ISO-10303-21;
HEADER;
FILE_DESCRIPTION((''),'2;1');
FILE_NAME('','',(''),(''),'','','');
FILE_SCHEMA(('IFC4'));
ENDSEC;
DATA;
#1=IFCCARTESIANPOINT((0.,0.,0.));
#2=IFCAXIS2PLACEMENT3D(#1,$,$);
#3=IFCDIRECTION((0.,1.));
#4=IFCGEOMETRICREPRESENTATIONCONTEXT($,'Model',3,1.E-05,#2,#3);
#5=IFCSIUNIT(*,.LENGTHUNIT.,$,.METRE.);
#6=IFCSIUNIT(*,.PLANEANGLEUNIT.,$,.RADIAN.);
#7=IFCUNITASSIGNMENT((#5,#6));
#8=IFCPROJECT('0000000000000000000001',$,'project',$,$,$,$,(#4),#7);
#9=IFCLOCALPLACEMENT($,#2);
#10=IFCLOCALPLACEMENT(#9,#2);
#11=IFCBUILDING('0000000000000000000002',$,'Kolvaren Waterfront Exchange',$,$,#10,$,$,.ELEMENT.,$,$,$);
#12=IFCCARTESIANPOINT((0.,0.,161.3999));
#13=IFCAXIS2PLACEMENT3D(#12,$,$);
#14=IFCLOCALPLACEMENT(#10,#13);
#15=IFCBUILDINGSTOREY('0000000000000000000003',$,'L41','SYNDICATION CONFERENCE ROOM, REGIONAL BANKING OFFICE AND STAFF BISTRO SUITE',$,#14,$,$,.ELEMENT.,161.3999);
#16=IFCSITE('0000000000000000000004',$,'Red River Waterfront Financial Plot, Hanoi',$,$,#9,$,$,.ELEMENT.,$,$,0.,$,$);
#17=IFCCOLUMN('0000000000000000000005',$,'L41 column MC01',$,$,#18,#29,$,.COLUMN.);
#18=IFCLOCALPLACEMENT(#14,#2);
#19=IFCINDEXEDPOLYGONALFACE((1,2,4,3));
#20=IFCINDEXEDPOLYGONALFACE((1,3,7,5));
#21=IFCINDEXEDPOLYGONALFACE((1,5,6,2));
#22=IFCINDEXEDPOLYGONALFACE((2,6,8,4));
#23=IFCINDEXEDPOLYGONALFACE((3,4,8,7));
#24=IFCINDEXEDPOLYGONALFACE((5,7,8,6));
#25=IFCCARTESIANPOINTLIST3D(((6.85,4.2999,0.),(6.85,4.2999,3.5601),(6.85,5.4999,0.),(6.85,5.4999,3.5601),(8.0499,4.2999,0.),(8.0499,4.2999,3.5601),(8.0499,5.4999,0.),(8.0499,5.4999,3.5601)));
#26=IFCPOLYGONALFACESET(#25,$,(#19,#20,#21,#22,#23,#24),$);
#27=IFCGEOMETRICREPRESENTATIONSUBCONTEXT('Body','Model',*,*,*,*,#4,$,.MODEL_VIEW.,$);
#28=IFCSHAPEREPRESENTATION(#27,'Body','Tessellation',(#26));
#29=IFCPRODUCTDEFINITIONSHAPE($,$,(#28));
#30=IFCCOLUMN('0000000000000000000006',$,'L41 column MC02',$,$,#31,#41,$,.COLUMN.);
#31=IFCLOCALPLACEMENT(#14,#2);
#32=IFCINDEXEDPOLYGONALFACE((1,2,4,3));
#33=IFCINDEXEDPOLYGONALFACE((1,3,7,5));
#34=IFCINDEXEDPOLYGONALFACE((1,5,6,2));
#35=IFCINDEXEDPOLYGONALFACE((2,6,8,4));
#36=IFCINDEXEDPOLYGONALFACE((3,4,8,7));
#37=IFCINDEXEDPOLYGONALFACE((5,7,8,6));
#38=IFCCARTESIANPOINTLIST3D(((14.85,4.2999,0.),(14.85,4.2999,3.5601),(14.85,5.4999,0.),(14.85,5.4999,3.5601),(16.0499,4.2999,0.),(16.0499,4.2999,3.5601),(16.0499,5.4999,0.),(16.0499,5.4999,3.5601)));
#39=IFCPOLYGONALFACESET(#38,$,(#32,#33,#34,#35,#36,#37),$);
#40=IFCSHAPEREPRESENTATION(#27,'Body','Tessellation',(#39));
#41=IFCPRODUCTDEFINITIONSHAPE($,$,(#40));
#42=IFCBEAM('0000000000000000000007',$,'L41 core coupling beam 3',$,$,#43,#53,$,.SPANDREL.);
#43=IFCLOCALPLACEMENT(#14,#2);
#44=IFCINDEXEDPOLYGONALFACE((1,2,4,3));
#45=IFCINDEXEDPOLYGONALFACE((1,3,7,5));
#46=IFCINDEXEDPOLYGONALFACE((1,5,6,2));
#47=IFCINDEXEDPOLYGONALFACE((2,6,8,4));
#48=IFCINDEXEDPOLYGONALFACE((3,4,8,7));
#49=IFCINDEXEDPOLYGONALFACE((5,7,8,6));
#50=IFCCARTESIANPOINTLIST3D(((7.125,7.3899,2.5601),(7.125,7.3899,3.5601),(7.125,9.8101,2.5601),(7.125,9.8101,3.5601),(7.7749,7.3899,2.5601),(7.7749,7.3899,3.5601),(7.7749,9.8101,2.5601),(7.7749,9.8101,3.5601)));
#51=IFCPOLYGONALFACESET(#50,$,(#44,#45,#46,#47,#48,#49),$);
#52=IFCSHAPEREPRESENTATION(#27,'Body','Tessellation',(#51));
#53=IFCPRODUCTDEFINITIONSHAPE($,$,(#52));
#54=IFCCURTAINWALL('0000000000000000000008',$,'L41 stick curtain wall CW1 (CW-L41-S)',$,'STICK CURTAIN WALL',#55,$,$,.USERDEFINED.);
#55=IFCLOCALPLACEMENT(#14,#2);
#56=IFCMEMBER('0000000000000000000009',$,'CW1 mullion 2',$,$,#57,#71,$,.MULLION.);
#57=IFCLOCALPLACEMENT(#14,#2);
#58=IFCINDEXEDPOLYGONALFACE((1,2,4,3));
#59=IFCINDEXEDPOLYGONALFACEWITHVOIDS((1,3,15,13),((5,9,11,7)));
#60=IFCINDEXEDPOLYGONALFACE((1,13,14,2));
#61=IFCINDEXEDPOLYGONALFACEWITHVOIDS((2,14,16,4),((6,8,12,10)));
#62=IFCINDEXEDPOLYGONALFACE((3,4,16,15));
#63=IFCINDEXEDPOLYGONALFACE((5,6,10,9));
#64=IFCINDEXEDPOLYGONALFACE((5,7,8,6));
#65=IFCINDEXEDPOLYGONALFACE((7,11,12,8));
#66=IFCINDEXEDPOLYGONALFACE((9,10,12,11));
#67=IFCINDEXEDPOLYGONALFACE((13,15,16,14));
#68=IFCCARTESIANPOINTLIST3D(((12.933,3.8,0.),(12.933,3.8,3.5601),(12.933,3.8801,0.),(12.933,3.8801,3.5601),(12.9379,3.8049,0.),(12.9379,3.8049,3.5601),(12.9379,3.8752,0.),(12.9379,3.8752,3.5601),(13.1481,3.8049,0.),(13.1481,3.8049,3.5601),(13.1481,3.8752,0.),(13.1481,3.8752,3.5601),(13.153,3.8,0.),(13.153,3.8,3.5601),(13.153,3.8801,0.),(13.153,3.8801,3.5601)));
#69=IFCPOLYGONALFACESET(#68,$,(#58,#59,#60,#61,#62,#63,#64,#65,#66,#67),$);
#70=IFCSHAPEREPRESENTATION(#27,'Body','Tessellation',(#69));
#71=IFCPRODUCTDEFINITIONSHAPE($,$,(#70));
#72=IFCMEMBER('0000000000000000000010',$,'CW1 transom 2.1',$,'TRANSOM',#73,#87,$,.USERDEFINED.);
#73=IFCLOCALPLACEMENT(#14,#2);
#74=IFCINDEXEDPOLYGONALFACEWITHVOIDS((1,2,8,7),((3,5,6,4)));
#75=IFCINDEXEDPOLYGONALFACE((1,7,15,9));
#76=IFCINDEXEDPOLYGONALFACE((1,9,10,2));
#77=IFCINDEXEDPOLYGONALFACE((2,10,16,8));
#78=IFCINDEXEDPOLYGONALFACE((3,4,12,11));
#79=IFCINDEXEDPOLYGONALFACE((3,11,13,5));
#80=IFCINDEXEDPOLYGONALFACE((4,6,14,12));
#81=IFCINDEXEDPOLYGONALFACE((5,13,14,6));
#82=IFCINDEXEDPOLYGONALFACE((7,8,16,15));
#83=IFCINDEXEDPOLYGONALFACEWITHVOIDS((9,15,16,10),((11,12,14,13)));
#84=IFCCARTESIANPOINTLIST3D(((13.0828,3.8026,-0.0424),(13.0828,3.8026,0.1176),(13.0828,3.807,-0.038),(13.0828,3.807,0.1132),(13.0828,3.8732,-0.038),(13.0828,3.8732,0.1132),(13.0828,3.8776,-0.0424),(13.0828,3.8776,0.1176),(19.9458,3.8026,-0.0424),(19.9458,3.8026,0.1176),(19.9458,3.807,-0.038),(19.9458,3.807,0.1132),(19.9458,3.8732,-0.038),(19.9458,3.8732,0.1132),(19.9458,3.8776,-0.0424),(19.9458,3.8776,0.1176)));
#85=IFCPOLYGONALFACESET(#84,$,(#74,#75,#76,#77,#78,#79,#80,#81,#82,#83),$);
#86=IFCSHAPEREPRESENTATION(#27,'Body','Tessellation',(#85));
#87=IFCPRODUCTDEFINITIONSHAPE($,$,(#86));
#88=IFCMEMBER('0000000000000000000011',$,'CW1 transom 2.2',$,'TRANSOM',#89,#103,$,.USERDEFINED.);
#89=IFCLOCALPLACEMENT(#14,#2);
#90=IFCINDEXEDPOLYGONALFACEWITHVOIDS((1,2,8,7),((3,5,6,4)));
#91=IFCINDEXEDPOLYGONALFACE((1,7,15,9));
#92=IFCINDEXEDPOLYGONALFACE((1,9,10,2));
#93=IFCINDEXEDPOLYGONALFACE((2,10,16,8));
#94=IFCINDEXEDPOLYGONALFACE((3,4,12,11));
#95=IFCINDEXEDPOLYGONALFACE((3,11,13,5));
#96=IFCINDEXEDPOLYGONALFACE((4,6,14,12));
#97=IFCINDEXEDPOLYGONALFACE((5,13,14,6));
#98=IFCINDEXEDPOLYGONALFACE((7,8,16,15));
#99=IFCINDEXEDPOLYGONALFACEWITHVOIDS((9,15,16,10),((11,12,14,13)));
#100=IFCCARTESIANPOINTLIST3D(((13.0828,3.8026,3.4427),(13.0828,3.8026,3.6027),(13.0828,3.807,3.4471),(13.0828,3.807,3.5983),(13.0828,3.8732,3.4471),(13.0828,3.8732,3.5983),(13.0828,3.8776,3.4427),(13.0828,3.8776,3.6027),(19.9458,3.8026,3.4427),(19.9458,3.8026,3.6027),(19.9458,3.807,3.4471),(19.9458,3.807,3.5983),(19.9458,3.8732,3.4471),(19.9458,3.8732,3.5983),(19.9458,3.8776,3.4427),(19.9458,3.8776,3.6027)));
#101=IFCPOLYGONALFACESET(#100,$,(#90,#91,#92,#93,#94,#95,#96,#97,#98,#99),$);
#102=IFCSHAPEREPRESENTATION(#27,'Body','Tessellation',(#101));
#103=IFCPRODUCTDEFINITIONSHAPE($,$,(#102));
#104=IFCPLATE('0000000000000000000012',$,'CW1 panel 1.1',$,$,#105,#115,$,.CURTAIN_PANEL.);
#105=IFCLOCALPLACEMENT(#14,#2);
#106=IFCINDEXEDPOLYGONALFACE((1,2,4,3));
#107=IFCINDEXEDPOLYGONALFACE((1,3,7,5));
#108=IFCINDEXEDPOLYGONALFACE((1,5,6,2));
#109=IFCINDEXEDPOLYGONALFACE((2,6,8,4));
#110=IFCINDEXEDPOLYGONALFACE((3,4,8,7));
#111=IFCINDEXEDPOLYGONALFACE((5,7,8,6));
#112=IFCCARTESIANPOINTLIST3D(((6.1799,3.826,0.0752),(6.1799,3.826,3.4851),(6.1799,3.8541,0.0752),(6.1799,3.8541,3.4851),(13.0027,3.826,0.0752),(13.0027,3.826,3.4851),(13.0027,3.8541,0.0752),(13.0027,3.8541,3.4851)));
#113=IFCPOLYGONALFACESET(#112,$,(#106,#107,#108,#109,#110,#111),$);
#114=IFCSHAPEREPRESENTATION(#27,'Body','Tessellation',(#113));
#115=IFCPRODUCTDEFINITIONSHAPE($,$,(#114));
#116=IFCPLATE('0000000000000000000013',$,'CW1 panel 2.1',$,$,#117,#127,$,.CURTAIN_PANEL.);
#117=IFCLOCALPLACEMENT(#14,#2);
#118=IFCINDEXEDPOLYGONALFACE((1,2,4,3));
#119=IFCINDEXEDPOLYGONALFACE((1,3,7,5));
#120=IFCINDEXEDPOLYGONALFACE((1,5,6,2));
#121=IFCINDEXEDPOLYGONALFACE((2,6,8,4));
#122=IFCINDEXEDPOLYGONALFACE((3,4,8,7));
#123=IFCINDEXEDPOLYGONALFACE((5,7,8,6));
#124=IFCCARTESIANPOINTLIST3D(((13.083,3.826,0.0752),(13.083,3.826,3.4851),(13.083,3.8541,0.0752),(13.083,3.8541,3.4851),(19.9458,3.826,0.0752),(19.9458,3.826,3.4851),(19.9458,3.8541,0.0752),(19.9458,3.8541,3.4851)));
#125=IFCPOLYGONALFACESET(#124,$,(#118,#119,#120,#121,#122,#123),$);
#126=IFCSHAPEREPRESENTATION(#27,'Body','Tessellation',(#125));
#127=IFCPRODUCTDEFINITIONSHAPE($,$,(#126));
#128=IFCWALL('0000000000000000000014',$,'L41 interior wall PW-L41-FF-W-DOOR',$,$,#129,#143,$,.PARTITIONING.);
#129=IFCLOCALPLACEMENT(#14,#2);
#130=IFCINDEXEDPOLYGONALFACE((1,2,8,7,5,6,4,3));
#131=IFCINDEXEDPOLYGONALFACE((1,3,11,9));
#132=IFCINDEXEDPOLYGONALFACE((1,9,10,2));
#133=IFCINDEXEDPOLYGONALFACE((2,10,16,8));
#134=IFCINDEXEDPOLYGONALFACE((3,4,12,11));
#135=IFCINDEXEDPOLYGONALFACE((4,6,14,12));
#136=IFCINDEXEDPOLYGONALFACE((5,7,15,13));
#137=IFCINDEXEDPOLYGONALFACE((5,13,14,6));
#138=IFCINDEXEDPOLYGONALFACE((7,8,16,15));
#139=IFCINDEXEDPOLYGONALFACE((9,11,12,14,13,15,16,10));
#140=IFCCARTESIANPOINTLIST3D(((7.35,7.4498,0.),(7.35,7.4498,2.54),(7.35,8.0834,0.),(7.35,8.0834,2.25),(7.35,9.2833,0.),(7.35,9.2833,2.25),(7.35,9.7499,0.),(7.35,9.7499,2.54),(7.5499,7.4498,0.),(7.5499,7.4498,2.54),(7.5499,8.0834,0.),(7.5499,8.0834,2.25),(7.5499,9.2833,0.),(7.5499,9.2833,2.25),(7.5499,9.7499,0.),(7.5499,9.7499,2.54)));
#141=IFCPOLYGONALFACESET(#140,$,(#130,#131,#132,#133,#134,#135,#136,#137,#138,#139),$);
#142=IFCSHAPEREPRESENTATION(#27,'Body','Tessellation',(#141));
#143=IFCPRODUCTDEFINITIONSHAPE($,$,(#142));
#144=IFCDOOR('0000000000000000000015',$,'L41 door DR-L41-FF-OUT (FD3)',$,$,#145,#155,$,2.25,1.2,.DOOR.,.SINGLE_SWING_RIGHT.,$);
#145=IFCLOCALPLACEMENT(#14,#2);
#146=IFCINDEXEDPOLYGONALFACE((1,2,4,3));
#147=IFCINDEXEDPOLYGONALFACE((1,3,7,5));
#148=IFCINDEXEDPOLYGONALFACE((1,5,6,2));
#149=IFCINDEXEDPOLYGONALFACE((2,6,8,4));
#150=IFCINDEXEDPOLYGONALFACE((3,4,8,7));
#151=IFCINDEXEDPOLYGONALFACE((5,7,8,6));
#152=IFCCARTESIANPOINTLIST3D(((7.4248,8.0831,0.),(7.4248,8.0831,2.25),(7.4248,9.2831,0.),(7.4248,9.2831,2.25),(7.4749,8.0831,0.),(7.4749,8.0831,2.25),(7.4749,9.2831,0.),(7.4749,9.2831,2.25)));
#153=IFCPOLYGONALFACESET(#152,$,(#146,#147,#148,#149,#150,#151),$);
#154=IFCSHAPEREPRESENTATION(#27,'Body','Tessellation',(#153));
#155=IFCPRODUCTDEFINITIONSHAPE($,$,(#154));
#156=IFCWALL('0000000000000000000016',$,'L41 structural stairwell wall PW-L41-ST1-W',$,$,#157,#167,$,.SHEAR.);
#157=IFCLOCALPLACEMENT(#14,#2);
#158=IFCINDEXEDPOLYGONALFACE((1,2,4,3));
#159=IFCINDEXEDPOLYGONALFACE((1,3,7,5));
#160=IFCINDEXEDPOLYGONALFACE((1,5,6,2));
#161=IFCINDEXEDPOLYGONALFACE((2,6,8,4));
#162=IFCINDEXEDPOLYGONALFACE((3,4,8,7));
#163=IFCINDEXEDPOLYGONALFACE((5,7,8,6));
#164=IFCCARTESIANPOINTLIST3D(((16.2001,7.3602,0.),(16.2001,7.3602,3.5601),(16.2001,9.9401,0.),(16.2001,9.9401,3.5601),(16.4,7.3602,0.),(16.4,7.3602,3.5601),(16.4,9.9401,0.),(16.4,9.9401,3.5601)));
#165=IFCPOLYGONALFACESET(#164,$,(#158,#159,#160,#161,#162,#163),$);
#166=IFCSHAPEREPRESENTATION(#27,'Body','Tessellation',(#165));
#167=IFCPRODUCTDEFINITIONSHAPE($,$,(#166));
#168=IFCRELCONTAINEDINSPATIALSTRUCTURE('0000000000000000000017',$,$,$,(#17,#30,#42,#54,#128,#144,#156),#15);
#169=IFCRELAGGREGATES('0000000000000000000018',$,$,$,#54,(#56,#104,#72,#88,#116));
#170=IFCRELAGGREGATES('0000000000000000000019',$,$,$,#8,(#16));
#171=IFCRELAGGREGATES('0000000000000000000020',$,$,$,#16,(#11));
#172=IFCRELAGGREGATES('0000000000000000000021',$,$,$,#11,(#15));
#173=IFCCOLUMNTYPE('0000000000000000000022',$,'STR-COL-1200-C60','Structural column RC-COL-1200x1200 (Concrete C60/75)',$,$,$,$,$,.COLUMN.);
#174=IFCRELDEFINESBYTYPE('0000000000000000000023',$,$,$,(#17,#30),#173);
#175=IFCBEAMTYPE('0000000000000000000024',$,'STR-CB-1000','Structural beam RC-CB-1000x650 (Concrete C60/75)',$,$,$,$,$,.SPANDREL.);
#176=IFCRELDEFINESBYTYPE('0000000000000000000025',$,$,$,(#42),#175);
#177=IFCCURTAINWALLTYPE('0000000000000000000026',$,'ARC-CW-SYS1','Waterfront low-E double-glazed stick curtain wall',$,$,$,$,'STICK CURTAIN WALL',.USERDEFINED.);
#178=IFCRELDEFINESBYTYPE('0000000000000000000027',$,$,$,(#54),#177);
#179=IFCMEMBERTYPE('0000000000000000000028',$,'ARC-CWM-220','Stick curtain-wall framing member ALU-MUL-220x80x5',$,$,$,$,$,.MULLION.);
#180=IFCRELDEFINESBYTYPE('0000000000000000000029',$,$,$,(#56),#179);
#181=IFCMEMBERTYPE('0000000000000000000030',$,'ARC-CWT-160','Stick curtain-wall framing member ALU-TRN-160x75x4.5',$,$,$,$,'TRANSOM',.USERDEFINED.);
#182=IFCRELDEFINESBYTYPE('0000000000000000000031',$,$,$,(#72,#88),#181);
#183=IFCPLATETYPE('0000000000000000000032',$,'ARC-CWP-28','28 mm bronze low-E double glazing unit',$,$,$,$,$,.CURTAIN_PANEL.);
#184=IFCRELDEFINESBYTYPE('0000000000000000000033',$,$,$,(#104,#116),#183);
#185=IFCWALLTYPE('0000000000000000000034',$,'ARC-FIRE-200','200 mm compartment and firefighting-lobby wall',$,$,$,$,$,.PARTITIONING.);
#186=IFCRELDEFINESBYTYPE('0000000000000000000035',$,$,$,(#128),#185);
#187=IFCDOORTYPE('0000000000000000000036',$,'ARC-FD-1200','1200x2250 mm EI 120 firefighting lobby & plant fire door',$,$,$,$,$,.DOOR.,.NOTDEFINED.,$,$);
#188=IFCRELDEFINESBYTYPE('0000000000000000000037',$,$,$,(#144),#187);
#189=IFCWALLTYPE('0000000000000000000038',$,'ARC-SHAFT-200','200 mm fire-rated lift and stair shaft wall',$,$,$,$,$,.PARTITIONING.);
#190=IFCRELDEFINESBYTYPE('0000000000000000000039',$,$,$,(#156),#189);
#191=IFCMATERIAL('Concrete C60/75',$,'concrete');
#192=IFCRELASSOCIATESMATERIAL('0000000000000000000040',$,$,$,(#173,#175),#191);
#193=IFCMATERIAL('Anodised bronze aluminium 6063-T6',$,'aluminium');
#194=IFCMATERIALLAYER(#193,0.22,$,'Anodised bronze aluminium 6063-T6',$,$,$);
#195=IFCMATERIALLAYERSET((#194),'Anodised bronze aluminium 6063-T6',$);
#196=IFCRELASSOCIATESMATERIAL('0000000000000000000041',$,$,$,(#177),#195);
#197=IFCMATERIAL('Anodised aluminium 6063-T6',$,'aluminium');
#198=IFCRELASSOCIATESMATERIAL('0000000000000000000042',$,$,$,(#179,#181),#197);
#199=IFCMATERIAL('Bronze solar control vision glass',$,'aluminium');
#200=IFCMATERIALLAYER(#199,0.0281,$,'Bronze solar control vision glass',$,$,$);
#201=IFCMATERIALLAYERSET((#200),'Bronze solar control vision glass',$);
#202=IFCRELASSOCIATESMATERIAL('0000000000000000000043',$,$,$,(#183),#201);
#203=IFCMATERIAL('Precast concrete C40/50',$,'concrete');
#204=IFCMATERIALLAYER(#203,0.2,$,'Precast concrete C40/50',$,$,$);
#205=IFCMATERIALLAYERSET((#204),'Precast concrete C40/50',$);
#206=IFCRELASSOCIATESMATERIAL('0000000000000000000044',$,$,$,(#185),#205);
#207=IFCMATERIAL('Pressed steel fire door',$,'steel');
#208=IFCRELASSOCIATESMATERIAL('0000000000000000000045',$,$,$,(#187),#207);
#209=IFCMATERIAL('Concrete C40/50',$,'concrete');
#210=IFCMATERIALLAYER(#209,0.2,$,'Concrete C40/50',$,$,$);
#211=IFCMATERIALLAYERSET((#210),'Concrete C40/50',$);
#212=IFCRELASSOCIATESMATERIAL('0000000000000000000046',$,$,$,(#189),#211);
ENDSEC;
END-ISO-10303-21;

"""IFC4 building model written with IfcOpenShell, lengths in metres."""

from ifc_helpers import new_model, si_unit, direction, frame, frame_2d, origin, origin_with_axes, origin_2d, place, context, subcontext, project, spatial, rectangle, hollow_rectangle, extrude, source, transform, mapped, material, layer, layer_set, material_profile, profile_set, type_object, element, fill, aggregate, save


model = new_model("IFC4")

# Units and contexts
model_context = context("Model", 3, precision=1e-05, world=origin(), true_north=direction((0.0, 1.0)))
body_context = subcontext(model_context, "Body", "Model", "MODEL_VIEW")
ifc_project = project(units=[si_unit("LENGTHUNIT", "METRE"), si_unit("PLANEANGLEUNIT", "RADIAN")], contexts=[model_context])

# Site, building, storey
site_placement = place(None, origin())
site = spatial("IfcSite", under=ifc_project, at=site_placement, Name="Red River Waterfront Financial Plot, Hanoi", CompositionType="ELEMENT", RefElevation=0.0)
building_placement = place(site_placement, origin())
building = spatial("IfcBuilding", under=site, at=building_placement, Name="Kolvaren Waterfront Exchange", CompositionType="ELEMENT")
storey_placement = place(building_placement, frame((0.0, 0.0, 161.3999)))
storey = spatial("IfcBuildingStorey", under=building, at=storey_placement, Name="L41", Description="SYNDICATION CONFERENCE ROOM, REGIONAL BANKING OFFICE AND STAFF BISTRO SUITE", CompositionType="ELEMENT", Elevation=161.3999)

# Columns
ifc_material_1 = material(Name="Concrete C60/75", Category="concrete")
ifc_material_profile_1 = material_profile(ifc_material_1, rectangle(XDim=1.2, YDim=1.2, at=origin_2d()), Name="RC-COL-1200x1200")
ifc_profile_set_1 = profile_set([ifc_material_profile_1], Name="Concrete C60/75")
column_type = type_object("IfcColumnType", Name="STR-COL-1200-C60", Description="Structural column RC-COL-1200x1200 (Concrete C60/75)", PredefinedType="COLUMN", material=ifc_profile_set_1)
for number, where, z_axis, x_axis, name in (
    (1, (7.45, 4.8999, 0.0), (0.0, 0.0, 1.0), (1.0, 0.0, 0.0), "L41 column MC01"),
    (2, (15.45, 4.8999, 0.0), (0.0, 0.0, 1.0), (1.0, 0.0, 0.0), "L41 column MC02"),
):
    element("IfcColumn", number, at=place(storey_placement, frame(where, z_axis=z_axis, x_axis=x_axis)), inside=storey, type_object=column_type, Name=name, PredefinedType="COLUMN", context=body_context, shape_type="SweptSolid", body=[
        extrude(rectangle(XDim=1.2, YDim=1.2, at=origin_2d()), origin(), (0.0, 0.0, 1.0), 3.5601),
    ])

# Beam
ifc_material_profile_2 = material_profile(ifc_material_1, rectangle(XDim=0.6499, YDim=1.0, at=origin_2d()), Name="RC-CB-1000x650")
ifc_profile_set_2 = profile_set([ifc_material_profile_2], Name="Concrete C60/75")
beam_type = type_object("IfcBeamType", Name="STR-CB-1000", Description="Structural beam RC-CB-1000x650 (Concrete C60/75)", PredefinedType="SPANDREL", material=ifc_profile_set_2)
beam_placement = place(storey_placement, frame((7.45, 7.3899, 3.0601), z_axis=(0.0, 1.0, 0.0), x_axis=(-1.0, 0.0, 0.0)))
element("IfcBeam", 3, at=beam_placement, inside=storey, type_object=beam_type, Name="L41 core coupling beam 3", PredefinedType="SPANDREL", context=body_context, shape_type="SweptSolid", body=[
    extrude(rectangle(XDim=0.6499, YDim=1.0, at=origin_2d()), origin(), (0.0, 0.0, 1.0), 2.4202),
])

# Curtain wall, members, plates
ifc_material_2 = material(Name="Anodised bronze aluminium 6063-T6", Category="aluminium")
ifc_layer_1 = layer(ifc_material_2, 0.22, Name="Anodised bronze aluminium 6063-T6")
ifc_layer_set_1 = layer_set([ifc_layer_1], Name="Anodised bronze aluminium 6063-T6")
curtain_wall_type = type_object("IfcCurtainWallType", Name="ARC-CW-SYS1", Description="Waterfront low-E double-glazed stick curtain wall", ElementType="STICK CURTAIN WALL", PredefinedType="USERDEFINED", material=ifc_layer_set_1)
curtain_wall_placement = place(storey_placement, origin())
curtain_wall = element("IfcCurtainWall", 4, at=curtain_wall_placement, inside=storey, type_object=curtain_wall_type, Name="L41 stick curtain wall CW1 (CW-L41-S)", ObjectType="STICK CURTAIN WALL", PredefinedType="USERDEFINED")
ifc_material_3 = material(Name="Anodised aluminium 6063-T6", Category="aluminium")
ifc_material_profile_3 = material_profile(ifc_material_3, hollow_rectangle(XDim=0.0801, YDim=0.22, WallThickness=0.0049, at=origin_2d()), Name="ALU-MUL-220x80x5")
ifc_profile_set_3 = profile_set([ifc_material_profile_3], Name="Anodised aluminium 6063-T6")
member_type_1 = type_object("IfcMemberType", Name="ARC-CWM-220", Description="Stick curtain-wall framing member ALU-MUL-220x80x5", PredefinedType="MULLION", material=ifc_profile_set_3)
shared_shape_1 = source(origin_with_axes(), body_context, "Body", "SweptSolid", [
    extrude(hollow_rectangle(XDim=0.0801, YDim=0.22, WallThickness=0.0049, at=origin_2d()), origin(), (0.0, 0.0, 1.0), 3.5601),
])
member_1_placement = place(storey_placement, frame((13.043, 3.8401, 0.0), z_axis=(0.0, 0.0, 1.0), x_axis=(0.0, 1.0, 0.0)))
member_1 = element("IfcMember", 5, at=member_1_placement, type_object=member_type_1, Name="CW1 mullion 2", PredefinedType="MULLION", context=body_context, shape_type="MappedRepresentation", body=[
    mapped(shared_shape_1, transform((0.0, 0.0, 0.0), x_axis=(1.0, 0.0, 0.0), y_axis=(0.0, 1.0, 0.0), z_axis=(0.0, 0.0, 1.0), scale=1.0)),
])
ifc_material_profile_4 = material_profile(ifc_material_3, hollow_rectangle(XDim=0.075, YDim=0.1599, WallThickness=0.0044, at=origin_2d()), Name="ALU-TRN-160x75x4.5")
ifc_profile_set_4 = profile_set([ifc_material_profile_4], Name="Anodised aluminium 6063-T6")
member_type_2 = type_object("IfcMemberType", Name="ARC-CWT-160", Description="Stick curtain-wall framing member ALU-TRN-160x75x4.5", ElementType="TRANSOM", PredefinedType="USERDEFINED", material=ifc_profile_set_4)
shared_shape_2 = source(origin_with_axes(), body_context, "Body", "SweptSolid", [
    extrude(hollow_rectangle(XDim=0.075, YDim=0.1599, WallThickness=0.0044, at=origin_2d()), origin(), (0.0, 0.0, 1.0), 6.863),
])
member_2_placement = place(storey_placement, frame((13.0828, 3.8401, 0.0376), z_axis=(1.0, 0.0, 0.0), x_axis=(0.0, 1.0, 0.0)))
member_2 = element("IfcMember", 6, at=member_2_placement, type_object=member_type_2, Name="CW1 transom 2.1", ObjectType="TRANSOM", PredefinedType="USERDEFINED", context=body_context, shape_type="MappedRepresentation", body=[
    mapped(shared_shape_2, transform((0.0, 0.0, 0.0), x_axis=(1.0, 0.0, 0.0), y_axis=(0.0, 1.0, 0.0), z_axis=(0.0, 0.0, 1.0), scale=1.0)),
])
member_3_placement = place(storey_placement, frame((13.0828, 3.8401, 3.5227), z_axis=(1.0, 0.0, 0.0), x_axis=(0.0, 1.0, 0.0)))
member_3 = element("IfcMember", 7, at=member_3_placement, type_object=member_type_2, Name="CW1 transom 2.2", ObjectType="TRANSOM", PredefinedType="USERDEFINED", context=body_context, shape_type="MappedRepresentation", body=[
    mapped(shared_shape_2, transform((0.0, 0.0, 0.0), x_axis=(1.0, 0.0, 0.0), y_axis=(0.0, 1.0, 0.0), z_axis=(0.0, 0.0, 1.0), scale=1.0)),
])
ifc_material_4 = material(Name="Bronze solar control vision glass", Category="aluminium")
ifc_layer_2 = layer(ifc_material_4, 0.0281, Name="Bronze solar control vision glass")
ifc_layer_set_2 = layer_set([ifc_layer_2], Name="Bronze solar control vision glass")
plate_type = type_object("IfcPlateType", Name="ARC-CWP-28", Description="28 mm bronze low-E double glazing unit", PredefinedType="CURTAIN_PANEL", material=ifc_layer_set_2)
shared_shape_3 = source(origin_with_axes(), body_context, "Body", "SweptSolid", [
    extrude(rectangle(XDim=6.8228, YDim=0.0281, at=origin_2d()), origin(), (0.0, 0.0, 1.0), 3.4099),
])
plate_1_placement = place(storey_placement, frame((9.5913, 3.8401, 0.0752), z_axis=(0.0, 0.0, 1.0), x_axis=(1.0, 0.0, 0.0)))
plate_1 = element("IfcPlate", 8, at=plate_1_placement, type_object=plate_type, Name="CW1 panel 1.1", PredefinedType="CURTAIN_PANEL", context=body_context, shape_type="MappedRepresentation", body=[
    mapped(shared_shape_3, transform((0.0, 0.0, 0.0), x_axis=(1.0, 0.0, 0.0), y_axis=(0.0, 1.0, 0.0), z_axis=(0.0, 0.0, 1.0), scale=1.0)),
])
shared_shape_4 = source(origin_with_axes(), body_context, "Body", "SweptSolid", [
    extrude(rectangle(XDim=6.8628, YDim=0.0281, at=origin_2d()), origin(), (0.0, 0.0, 1.0), 3.4099),
])
plate_2_placement = place(storey_placement, frame((16.5144, 3.8401, 0.0752), z_axis=(0.0, 0.0, 1.0), x_axis=(1.0, 0.0, 0.0)))
plate_2 = element("IfcPlate", 9, at=plate_2_placement, type_object=plate_type, Name="CW1 panel 2.1", PredefinedType="CURTAIN_PANEL", context=body_context, shape_type="MappedRepresentation", body=[
    mapped(shared_shape_4, transform((0.0, 0.0, 0.0), x_axis=(1.0, 0.0, 0.0), y_axis=(0.0, 1.0, 0.0), z_axis=(0.0, 0.0, 1.0), scale=1.0)),
])
aggregate(curtain_wall, [member_1, plate_1, member_2, member_3, plate_2])

# Wall, opening, door
ifc_material_5 = material(Name="Precast concrete C40/50", Category="concrete")
ifc_layer_3 = layer(ifc_material_5, 0.2, Name="Precast concrete C40/50")
ifc_layer_set_3 = layer_set([ifc_layer_3], Name="Precast concrete C40/50")
wall_type_1 = type_object("IfcWallType", Name="ARC-FIRE-200", Description="200 mm compartment and firefighting-lobby wall", PredefinedType="PARTITIONING", material=ifc_layer_set_3)
wall_1_placement = place(storey_placement, frame((7.45, 7.45, 0.0), z_axis=(0.0, 0.0, 1.0), x_axis=(0.0, 1.0, 0.0)))
wall_1 = element("IfcWall", 10, at=wall_1_placement, inside=storey, type_object=wall_type_1, Name="L41 interior wall PW-L41-FF-W-DOOR", PredefinedType="PARTITIONING", context=body_context, shape_type="SweptSolid", body=[
    extrude(rectangle(XDim=2.3, YDim=0.2, at=frame_2d((1.1499, 0.0))), origin(), (0.0, 0.0, 1.0), 2.54),
])
opening_1_placement = place(wall_1_placement, frame((0.6333, 0.0, 0.0)))
opening_1 = element("IfcOpeningElement", 11, at=opening_1_placement, cuts=wall_1, PredefinedType="OPENING", context=body_context, shape_type="SweptSolid", body=[
    extrude(rectangle(XDim=1.2, YDim=2.25, at=frame_2d((0.6001, 1.125))), frame((0.0, 0.1099, 0.0), z_axis=(0.0, -1.0, 0.0), x_axis=(1.0, 0.0, 0.0)), (0.0, 0.0, 1.0), 0.22),
])
ifc_material_6 = material(Name="Pressed steel fire door", Category="steel")
door_type_1 = type_object("IfcDoorType", Name="ARC-FD-1200", Description="1200x2250 mm EI 120 firefighting lobby & plant fire door", OperationType="NOTDEFINED", PredefinedType="DOOR", material=ifc_material_6)
door_1_placement = place(opening_1_placement, frame((1.2, 0.0, 0.0), z_axis=(0.0, 0.0, 1.0), x_axis=(-1.0, 0.0, 0.0)))
door_1 = element("IfcDoor", 12, at=door_1_placement, inside=storey, type_object=door_type_1, Name="L41 door DR-L41-FF-OUT (FD3)", OperationType="SINGLE_SWING_RIGHT", OverallHeight=2.25, OverallWidth=1.2, PredefinedType="DOOR", context=body_context, shape_type="SweptSolid", body=[
    extrude(rectangle(XDim=1.2, YDim=2.25, at=frame_2d((0.6001, 1.125))), frame((0.0, 0.0249, 0.0), z_axis=(0.0, -1.0, 0.0), x_axis=(1.0, 0.0, 0.0)), (0.0, 0.0, 1.0), 0.05),
])
fill(opening_1, door_1)

# Wall
ifc_material_7 = material(Name="Concrete C40/50", Category="concrete")
ifc_layer_4 = layer(ifc_material_7, 0.2, Name="Concrete C40/50")
ifc_layer_set_4 = layer_set([ifc_layer_4], Name="Concrete C40/50")
wall_type_2 = type_object("IfcWallType", Name="ARC-SHAFT-200", Description="200 mm fire-rated lift and stair shaft wall", PredefinedType="PARTITIONING", material=ifc_layer_set_4)
wall_2_placement = place(storey_placement, frame((16.3, 7.3601, 0.0), z_axis=(0.0, 0.0, 1.0), x_axis=(0.0, 1.0, 0.0)))
element("IfcWall", 13, at=wall_2_placement, inside=storey, type_object=wall_type_2, Name="L41 structural stairwell wall PW-L41-ST1-W", PredefinedType="SHEAR", context=body_context, shape_type="SweptSolid", body=[
    extrude(rectangle(XDim=2.5798, YDim=0.2, at=frame_2d((1.29, 0.0))), origin(), (0.0, 0.0, 1.0), 3.5601),
])

save(model, "model.ifc")
